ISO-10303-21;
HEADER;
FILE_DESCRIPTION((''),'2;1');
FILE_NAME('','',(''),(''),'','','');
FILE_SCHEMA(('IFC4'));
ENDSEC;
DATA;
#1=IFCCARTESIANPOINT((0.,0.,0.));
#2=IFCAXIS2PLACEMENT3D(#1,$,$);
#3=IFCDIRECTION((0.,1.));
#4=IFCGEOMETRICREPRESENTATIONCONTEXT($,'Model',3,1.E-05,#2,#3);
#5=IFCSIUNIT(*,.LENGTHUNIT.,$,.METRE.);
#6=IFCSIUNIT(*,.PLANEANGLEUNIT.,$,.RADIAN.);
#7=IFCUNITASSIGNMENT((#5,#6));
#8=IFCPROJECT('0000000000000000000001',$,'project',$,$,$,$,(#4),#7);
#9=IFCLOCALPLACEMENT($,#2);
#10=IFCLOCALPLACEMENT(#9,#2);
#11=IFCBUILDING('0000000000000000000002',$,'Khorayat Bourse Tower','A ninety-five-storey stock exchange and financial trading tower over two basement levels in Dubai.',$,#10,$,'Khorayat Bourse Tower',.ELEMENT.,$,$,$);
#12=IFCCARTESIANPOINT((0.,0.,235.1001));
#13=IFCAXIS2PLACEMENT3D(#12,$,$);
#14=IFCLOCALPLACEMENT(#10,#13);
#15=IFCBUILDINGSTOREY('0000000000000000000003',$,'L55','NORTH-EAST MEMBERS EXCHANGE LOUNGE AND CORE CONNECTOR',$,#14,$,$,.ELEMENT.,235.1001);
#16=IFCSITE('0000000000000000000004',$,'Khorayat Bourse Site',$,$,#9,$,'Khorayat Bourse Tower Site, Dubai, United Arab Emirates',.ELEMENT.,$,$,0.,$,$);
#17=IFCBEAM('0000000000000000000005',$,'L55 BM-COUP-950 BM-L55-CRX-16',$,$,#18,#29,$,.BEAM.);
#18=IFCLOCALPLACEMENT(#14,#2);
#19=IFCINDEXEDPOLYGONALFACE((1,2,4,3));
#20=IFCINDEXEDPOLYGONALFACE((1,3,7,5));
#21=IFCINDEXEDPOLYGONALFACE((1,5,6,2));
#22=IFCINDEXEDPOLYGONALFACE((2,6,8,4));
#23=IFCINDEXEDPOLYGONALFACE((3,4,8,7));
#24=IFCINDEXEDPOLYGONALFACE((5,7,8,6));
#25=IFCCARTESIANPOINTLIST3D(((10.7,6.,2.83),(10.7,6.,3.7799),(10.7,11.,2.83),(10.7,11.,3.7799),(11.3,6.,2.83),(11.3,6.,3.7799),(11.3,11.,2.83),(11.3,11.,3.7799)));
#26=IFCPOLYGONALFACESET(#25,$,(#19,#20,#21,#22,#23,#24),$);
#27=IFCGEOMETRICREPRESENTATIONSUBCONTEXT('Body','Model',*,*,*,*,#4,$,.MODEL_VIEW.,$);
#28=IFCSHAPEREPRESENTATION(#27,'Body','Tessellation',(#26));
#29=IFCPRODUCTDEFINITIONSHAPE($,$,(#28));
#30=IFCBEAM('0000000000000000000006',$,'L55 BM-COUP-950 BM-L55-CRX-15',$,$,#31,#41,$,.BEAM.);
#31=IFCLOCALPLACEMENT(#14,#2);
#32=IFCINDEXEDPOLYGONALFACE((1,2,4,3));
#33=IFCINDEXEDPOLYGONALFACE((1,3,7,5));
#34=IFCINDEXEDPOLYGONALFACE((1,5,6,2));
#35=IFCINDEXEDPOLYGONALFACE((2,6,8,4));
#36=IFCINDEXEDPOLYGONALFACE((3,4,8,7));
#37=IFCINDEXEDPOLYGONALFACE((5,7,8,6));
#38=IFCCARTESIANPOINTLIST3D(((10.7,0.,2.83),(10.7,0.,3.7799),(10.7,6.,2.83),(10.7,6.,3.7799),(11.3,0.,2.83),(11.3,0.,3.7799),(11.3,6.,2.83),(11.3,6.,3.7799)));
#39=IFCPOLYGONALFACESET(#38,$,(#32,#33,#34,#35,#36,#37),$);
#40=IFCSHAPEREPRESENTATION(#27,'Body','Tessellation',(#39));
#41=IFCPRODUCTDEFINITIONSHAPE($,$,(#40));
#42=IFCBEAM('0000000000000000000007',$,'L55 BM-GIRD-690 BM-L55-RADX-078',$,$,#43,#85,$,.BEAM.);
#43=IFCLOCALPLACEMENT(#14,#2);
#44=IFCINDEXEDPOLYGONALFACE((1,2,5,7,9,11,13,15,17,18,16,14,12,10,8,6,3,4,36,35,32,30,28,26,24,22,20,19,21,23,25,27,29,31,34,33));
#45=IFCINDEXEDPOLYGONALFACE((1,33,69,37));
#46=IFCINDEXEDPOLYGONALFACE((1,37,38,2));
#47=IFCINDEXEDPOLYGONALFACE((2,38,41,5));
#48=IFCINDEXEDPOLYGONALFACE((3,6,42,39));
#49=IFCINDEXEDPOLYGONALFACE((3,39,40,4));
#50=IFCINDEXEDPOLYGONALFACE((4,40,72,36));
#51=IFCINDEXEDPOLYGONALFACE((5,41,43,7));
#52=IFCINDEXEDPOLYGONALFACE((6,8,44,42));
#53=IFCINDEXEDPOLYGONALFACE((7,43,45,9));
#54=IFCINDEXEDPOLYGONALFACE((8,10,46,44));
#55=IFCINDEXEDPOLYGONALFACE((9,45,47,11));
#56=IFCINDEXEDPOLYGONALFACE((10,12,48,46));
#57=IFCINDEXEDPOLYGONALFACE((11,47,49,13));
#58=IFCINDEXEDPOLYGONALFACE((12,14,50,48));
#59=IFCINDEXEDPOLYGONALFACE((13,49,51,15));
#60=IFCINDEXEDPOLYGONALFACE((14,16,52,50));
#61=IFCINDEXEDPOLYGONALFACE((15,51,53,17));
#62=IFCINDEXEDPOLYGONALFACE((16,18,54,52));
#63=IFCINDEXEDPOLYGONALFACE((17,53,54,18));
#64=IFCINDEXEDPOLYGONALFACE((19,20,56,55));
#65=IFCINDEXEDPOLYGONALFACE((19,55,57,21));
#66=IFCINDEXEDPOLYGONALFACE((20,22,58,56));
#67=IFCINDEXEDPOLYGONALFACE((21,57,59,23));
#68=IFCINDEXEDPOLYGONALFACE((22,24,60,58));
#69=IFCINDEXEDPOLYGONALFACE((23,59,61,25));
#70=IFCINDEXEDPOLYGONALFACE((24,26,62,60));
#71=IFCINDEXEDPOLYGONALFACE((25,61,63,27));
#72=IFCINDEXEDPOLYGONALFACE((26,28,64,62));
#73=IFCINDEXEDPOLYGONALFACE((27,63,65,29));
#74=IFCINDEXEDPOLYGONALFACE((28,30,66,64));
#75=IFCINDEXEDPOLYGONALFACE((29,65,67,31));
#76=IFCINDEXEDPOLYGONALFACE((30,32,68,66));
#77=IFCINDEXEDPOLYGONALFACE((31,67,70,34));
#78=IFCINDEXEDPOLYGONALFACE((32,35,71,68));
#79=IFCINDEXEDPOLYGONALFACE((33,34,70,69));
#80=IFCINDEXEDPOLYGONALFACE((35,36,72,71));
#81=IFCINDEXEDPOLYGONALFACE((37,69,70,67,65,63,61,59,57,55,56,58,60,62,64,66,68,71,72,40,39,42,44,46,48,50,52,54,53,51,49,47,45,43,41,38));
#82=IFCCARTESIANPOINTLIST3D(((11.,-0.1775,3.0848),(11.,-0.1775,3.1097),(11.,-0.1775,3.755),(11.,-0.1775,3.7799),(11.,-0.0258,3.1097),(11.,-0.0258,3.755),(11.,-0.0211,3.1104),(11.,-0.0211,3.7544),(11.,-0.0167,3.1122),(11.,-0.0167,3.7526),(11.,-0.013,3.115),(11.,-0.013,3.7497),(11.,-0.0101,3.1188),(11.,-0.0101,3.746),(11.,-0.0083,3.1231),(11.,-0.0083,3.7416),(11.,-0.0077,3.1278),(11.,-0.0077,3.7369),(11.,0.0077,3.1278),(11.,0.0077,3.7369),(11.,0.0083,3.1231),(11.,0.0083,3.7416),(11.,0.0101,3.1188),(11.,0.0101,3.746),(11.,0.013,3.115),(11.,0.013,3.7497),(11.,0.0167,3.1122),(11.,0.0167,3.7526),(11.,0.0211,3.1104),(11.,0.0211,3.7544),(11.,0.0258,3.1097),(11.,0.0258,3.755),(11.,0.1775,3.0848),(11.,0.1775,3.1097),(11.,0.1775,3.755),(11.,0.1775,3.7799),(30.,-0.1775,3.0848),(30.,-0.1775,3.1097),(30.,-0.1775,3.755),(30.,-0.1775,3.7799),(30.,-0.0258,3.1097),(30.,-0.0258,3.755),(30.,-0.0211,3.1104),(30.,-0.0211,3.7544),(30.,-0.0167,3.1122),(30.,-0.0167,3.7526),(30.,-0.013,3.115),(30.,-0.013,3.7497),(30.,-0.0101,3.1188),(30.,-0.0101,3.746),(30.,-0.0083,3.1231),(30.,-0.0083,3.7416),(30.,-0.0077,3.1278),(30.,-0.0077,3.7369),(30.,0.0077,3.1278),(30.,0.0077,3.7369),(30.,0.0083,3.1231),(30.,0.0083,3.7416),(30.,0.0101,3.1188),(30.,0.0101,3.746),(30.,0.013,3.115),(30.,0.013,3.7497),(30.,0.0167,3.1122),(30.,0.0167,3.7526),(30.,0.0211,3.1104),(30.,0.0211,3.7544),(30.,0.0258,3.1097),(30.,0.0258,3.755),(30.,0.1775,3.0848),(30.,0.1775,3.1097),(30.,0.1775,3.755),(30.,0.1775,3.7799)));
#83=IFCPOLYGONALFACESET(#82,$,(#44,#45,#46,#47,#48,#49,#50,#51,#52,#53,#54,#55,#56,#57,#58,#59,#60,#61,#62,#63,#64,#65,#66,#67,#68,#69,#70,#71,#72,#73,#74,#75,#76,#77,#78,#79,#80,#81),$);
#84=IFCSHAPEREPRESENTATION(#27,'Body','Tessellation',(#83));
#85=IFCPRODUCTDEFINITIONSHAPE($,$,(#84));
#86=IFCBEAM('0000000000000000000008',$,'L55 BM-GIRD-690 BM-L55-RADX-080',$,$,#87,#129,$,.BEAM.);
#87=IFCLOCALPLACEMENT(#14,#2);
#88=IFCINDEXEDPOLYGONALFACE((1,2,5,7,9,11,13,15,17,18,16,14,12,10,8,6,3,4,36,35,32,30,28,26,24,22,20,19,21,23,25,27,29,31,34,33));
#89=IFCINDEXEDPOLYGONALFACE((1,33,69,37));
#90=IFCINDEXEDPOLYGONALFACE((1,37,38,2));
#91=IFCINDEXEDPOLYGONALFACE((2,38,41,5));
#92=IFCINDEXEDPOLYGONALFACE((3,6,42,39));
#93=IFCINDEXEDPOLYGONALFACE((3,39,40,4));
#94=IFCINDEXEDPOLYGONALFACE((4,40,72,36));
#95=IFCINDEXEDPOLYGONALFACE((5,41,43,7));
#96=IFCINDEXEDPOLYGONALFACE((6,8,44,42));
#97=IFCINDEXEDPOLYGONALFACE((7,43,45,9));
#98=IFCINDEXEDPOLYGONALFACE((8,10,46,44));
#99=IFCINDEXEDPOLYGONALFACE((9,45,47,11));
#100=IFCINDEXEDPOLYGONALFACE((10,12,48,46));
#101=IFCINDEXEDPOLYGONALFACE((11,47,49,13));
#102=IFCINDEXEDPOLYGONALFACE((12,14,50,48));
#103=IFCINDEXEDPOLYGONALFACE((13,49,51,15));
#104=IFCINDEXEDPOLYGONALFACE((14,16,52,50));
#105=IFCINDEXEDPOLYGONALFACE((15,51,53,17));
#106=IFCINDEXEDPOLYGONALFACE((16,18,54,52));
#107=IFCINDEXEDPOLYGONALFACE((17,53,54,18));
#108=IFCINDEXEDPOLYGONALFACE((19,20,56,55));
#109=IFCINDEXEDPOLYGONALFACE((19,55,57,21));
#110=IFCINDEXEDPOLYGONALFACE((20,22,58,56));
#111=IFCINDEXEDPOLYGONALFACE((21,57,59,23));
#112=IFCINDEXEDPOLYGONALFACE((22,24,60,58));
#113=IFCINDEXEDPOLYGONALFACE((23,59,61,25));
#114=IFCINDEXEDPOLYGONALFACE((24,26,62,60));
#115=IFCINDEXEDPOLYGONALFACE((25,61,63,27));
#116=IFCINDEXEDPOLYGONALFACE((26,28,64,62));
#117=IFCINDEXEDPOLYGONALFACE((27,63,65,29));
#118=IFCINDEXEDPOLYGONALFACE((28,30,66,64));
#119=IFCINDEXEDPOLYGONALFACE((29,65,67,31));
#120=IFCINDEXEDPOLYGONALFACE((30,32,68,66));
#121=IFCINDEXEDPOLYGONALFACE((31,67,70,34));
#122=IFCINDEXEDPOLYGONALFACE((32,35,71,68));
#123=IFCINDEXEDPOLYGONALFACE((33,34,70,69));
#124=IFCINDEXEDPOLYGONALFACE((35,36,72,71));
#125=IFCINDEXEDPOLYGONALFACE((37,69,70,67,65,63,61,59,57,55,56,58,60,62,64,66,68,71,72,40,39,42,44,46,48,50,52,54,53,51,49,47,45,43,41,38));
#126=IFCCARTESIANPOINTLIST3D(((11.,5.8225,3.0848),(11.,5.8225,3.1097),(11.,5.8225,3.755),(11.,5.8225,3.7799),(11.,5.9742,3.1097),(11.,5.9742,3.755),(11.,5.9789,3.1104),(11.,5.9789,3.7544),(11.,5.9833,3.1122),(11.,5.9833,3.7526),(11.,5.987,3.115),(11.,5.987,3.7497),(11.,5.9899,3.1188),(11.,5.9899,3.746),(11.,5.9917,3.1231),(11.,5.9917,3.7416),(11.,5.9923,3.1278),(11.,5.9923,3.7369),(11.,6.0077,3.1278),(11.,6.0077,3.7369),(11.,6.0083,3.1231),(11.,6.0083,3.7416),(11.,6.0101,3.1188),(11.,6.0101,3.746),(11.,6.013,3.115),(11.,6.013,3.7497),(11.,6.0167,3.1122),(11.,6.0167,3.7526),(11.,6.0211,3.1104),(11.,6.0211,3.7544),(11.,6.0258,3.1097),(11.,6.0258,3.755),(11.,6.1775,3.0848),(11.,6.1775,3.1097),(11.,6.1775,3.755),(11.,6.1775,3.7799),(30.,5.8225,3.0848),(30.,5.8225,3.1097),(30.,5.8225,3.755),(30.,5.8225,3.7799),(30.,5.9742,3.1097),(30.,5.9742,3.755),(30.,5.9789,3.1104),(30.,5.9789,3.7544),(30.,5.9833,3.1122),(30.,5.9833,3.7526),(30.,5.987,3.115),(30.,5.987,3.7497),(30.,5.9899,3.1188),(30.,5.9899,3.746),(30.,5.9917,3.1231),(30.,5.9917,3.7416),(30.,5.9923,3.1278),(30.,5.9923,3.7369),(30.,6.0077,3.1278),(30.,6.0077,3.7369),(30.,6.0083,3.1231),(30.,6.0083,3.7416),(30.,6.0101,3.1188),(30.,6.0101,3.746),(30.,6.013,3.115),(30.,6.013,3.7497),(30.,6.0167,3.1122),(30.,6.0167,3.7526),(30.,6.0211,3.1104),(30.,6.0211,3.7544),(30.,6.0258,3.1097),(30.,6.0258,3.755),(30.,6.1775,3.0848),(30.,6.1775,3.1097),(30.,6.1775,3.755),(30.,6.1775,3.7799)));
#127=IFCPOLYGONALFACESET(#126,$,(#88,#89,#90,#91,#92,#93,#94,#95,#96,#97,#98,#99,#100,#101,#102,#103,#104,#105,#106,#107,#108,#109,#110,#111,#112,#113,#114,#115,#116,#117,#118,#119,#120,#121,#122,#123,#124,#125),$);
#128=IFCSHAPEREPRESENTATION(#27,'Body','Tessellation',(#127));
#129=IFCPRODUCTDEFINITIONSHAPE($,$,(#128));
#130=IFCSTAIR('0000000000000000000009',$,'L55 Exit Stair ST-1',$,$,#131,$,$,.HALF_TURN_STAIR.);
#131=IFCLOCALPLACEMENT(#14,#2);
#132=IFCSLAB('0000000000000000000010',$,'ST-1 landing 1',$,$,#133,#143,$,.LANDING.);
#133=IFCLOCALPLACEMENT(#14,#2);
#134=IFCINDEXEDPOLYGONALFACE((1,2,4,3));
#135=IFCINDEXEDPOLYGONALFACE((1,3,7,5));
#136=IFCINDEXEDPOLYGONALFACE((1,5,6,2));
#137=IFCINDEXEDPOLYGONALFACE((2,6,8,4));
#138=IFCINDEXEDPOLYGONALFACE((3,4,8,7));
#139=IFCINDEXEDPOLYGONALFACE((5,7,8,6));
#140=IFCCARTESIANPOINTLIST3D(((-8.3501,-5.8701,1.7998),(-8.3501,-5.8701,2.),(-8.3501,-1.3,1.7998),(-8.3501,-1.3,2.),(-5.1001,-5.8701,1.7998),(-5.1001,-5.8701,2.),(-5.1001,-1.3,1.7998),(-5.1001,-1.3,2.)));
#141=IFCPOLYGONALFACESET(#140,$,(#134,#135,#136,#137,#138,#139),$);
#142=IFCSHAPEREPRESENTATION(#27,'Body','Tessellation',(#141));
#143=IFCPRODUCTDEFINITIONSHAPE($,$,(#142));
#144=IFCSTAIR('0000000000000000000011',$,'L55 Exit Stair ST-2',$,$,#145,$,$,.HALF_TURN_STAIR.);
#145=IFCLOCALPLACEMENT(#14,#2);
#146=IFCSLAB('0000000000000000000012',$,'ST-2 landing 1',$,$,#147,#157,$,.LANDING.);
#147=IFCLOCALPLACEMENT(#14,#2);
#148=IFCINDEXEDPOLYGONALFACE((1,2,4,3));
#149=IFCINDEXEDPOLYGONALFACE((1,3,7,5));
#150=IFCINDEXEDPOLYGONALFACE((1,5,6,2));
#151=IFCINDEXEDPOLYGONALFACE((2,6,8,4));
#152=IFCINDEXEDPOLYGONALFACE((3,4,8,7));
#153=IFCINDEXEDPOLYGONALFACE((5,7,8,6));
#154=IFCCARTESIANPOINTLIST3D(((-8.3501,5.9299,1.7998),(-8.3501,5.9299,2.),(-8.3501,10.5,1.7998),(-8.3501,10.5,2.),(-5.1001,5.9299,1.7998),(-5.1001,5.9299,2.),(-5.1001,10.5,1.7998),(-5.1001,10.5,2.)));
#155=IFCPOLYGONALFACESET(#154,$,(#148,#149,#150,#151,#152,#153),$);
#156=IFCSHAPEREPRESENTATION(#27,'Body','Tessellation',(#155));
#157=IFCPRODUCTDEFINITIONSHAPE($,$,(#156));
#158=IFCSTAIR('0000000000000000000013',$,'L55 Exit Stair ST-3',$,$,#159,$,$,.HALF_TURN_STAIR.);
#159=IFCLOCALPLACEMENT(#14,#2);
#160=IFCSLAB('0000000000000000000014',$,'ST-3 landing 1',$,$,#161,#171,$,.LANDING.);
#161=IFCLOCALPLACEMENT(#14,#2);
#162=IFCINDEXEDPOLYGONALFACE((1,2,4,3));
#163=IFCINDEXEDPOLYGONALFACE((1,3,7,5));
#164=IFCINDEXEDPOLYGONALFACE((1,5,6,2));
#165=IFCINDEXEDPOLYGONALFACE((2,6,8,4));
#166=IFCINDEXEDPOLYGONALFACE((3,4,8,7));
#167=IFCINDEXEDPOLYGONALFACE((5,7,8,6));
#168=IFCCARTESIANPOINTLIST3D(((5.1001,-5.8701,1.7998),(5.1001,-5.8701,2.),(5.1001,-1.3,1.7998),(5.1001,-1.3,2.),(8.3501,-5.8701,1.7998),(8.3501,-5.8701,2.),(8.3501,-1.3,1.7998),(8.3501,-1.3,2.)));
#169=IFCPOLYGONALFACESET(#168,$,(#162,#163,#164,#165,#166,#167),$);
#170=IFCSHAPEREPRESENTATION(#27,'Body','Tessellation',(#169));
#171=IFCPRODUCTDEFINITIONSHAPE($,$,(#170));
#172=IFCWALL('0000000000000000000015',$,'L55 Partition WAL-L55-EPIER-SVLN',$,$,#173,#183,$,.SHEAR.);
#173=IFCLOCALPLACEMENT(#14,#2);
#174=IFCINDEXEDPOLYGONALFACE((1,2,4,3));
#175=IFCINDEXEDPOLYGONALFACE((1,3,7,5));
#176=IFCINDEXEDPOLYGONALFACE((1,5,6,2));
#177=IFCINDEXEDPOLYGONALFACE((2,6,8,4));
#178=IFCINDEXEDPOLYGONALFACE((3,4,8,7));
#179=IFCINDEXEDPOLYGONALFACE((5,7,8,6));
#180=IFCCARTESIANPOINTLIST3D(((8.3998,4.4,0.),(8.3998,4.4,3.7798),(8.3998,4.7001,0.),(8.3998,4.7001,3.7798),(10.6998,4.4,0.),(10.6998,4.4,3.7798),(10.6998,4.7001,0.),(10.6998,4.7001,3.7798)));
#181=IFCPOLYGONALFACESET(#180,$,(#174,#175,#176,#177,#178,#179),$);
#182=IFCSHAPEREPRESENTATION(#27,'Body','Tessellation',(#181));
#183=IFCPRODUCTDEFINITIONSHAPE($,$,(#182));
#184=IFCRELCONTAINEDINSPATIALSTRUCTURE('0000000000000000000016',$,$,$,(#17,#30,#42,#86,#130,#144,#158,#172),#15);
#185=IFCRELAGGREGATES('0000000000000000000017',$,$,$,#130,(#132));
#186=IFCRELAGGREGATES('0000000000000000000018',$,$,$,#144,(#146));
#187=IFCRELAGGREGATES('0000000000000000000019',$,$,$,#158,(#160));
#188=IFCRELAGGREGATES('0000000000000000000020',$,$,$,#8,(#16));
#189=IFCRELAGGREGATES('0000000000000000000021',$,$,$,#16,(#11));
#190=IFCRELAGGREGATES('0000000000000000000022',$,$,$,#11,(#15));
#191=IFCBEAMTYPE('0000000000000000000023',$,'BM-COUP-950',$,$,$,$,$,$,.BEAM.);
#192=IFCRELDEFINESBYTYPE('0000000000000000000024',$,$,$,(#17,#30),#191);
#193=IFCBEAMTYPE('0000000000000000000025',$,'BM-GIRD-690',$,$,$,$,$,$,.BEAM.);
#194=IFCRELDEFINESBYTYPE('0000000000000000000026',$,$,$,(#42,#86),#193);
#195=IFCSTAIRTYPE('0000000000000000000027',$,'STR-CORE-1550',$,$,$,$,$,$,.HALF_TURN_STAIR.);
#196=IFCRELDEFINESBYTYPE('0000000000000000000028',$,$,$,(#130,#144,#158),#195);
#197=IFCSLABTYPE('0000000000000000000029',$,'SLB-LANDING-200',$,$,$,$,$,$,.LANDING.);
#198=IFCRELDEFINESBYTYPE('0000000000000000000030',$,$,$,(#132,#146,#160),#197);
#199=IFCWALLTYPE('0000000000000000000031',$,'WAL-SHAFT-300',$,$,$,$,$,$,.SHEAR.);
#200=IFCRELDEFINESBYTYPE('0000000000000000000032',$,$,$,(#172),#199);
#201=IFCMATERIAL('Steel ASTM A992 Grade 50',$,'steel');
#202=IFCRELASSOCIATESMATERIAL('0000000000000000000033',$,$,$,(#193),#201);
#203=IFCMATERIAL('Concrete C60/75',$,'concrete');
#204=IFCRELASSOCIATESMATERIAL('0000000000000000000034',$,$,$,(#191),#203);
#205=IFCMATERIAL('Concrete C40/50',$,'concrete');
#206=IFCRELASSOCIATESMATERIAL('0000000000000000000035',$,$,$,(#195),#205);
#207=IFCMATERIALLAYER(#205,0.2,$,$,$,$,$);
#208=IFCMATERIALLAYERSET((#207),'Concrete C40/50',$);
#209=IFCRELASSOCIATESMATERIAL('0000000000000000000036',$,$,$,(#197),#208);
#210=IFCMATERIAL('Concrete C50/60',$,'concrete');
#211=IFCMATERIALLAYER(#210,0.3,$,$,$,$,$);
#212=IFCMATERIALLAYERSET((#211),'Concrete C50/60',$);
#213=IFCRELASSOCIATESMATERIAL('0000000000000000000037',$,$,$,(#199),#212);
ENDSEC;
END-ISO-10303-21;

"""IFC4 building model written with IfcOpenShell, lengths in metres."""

from ifc_helpers import new_model, si_unit, direction, frame, frame_2d, origin, origin_2d, place, context, subcontext, project, spatial, polyline, rectangle, i_section, outline, extrude, source, transform, mapped, material, layer, layer_set, material_profile, profile_set, type_object, element, aggregate, save


model = new_model("IFC4")

# Units and contexts
model_context = context("Model", 3, precision=1e-05, world=origin(), true_north=direction((0.0, 1.0)))
body_context = subcontext(model_context, "Body", "Model", "MODEL_VIEW")
ifc_project = project(units=[si_unit("LENGTHUNIT", "METRE"), si_unit("PLANEANGLEUNIT", "RADIAN")], contexts=[model_context])

# Site, building, storey
site_placement = place(None, origin())
site = spatial("IfcSite", under=ifc_project, at=site_placement, Name="Khorayat Bourse Site", LongName="Khorayat Bourse Tower Site, Dubai, United Arab Emirates", CompositionType="ELEMENT", RefElevation=0.0)
building_placement = place(site_placement, origin())
building = spatial("IfcBuilding", under=site, at=building_placement, Name="Khorayat Bourse Tower", Description="A ninety-five-storey stock exchange and financial trading tower over two basement levels in Dubai.", LongName="Khorayat Bourse Tower", CompositionType="ELEMENT")
storey_placement = place(building_placement, frame((0.0, 0.0, 235.1001)))
storey = spatial("IfcBuildingStorey", under=building, at=storey_placement, Name="L55", Description="NORTH-EAST MEMBERS EXCHANGE LOUNGE AND CORE CONNECTOR", CompositionType="ELEMENT", Elevation=235.1001)

# Shared definitions
ifc_material_1 = material(Name="Concrete C60/75", Category="concrete")

# Beams
ifc_material_2 = material(Name="Steel ASTM A992 Grade 50", Category="steel")
ifc_material_profile_1 = material_profile(ifc_material_2, i_section(OverallWidth=0.355, OverallDepth=0.6951, WebThickness=0.0154, FlangeThickness=0.0249, FilletRadius=0.0181, at=origin_2d()), Name="W690X217")
ifc_profile_set_1 = profile_set([ifc_material_profile_1], Name="Steel ASTM A992 Grade 50")
beam_type_1 = type_object("IfcBeamType", Name="BM-GIRD-690", PredefinedType="BEAM", material=ifc_profile_set_1)
ifc_material_profile_2 = material_profile(ifc_material_1, rectangle(XDim=0.6001, YDim=0.95, at=origin_2d()), Name="RC 600x950")
ifc_profile_set_2 = profile_set([ifc_material_profile_2], Name="Concrete C60/75")
beam_type_2 = type_object("IfcBeamType", Name="BM-COUP-950", PredefinedType="BEAM", material=ifc_profile_set_2)
shared_shape_1 = source(origin(), body_context, "Body", "SweptSolid", [
    extrude(rectangle(XDim=0.6001, YDim=0.95, at=origin_2d()), origin(), (0.0, 0.0, 1.0), 5.0),
])
beam_1_placement = place(storey_placement, frame((11.0, 6.0, 3.3049), z_axis=(0.0, 1.0, 0.0), x_axis=(-1.0, 0.0, 0.0)))
element("IfcBeam", 1, at=beam_1_placement, inside=storey, type_object=beam_type_2, Name="L55 BM-COUP-950 BM-L55-CRX-16", PredefinedType="BEAM", context=body_context, shape_type="MappedRepresentation", body=[
    mapped(shared_shape_1, transform((0.0, 0.0, 0.0), scale=1.0)),
])
shared_shape_2 = source(origin(), body_context, "Body", "SweptSolid", [
    extrude(rectangle(XDim=0.6001, YDim=0.95, at=origin_2d()), origin(), (0.0, 0.0, 1.0), 6.0),
])
beam_2_placement = place(storey_placement, frame((11.0, 0.0, 3.3049), z_axis=(0.0, 1.0, 0.0), x_axis=(-1.0, 0.0, 0.0)))
element("IfcBeam", 2, at=beam_2_placement, inside=storey, type_object=beam_type_2, Name="L55 BM-COUP-950 BM-L55-CRX-15", PredefinedType="BEAM", context=body_context, shape_type="MappedRepresentation", body=[
    mapped(shared_shape_2, transform((0.0, 0.0, 0.0), scale=1.0)),
])
shared_shape_3 = source(origin(), body_context, "Body", "SweptSolid", [
    extrude(i_section(OverallWidth=0.355, OverallDepth=0.6951, WebThickness=0.0154, FlangeThickness=0.0249, FilletRadius=0.0181, at=origin_2d()), origin(), (0.0, 0.0, 1.0), 19.0),
])
for number, where, z_axis, x_axis, name in (
    (3, (11.0, 0.0, 3.4324), (1.0, 0.0, 0.0), (0.0, 1.0, 0.0), "L55 BM-GIRD-690 BM-L55-RADX-078"),
    (4, (11.0, 6.0, 3.4324), (1.0, 0.0, 0.0), (0.0, 1.0, 0.0), "L55 BM-GIRD-690 BM-L55-RADX-080"),
):
    element("IfcBeam", number, at=place(storey_placement, frame(where, z_axis=z_axis, x_axis=x_axis)), inside=storey, type_object=beam_type_1, Name=name, PredefinedType="BEAM", context=body_context, shape_type="MappedRepresentation", body=[
        mapped(shared_shape_3, transform((0.0, 0.0, 0.0), scale=1.0)),
    ])

# Stairs, slabs
ifc_material_3 = material(Name="Concrete C40/50", Category="concrete")
stair_type = type_object("IfcStairType", Name="STR-CORE-1550", PredefinedType="HALF_TURN_STAIR", material=ifc_material_3)
stair_1_placement = place(storey_placement, origin())
stair_1 = element("IfcStair", 5, at=stair_1_placement, inside=storey, type_object=stair_type, Name="L55 Exit Stair ST-1", PredefinedType="HALF_TURN_STAIR")
ifc_layer_1 = layer(ifc_material_3, 0.2)
ifc_layer_set_1 = layer_set([ifc_layer_1], Name="Concrete C40/50")
slab_type = type_object("IfcSlabType", Name="SLB-LANDING-200", PredefinedType="LANDING", material=ifc_layer_set_1)
slab_1_placement = place(storey_placement, frame((0.0, 0.0, 1.7998)))
slab_1 = element("IfcSlab", 6, at=slab_1_placement, type_object=slab_type, Name="ST-1 landing 1", PredefinedType="LANDING", context=body_context, shape_type="SweptSolid", body=[
    extrude(outline(polyline([(-5.1001, -5.8701), (-5.1001, -1.3), (-8.3501, -1.3), (-8.3501, -5.8701), (-5.1001, -5.8701)])), origin(), (0.0, 0.0, 1.0), 0.2002),
])
aggregate(stair_1, [slab_1])
stair_2_placement = place(storey_placement, origin())
stair_2 = element("IfcStair", 7, at=stair_2_placement, inside=storey, type_object=stair_type, Name="L55 Exit Stair ST-2", PredefinedType="HALF_TURN_STAIR")
slab_2_placement = place(storey_placement, frame((0.0, 0.0, 1.7998)))
slab_2 = element("IfcSlab", 8, at=slab_2_placement, type_object=slab_type, Name="ST-2 landing 1", PredefinedType="LANDING", context=body_context, shape_type="SweptSolid", body=[
    extrude(outline(polyline([(-5.1001, 5.9299), (-5.1001, 10.5), (-8.3501, 10.5), (-8.3501, 5.9299), (-5.1001, 5.9299)])), origin(), (0.0, 0.0, 1.0), 0.2002),
])
aggregate(stair_2, [slab_2])
stair_3_placement = place(storey_placement, origin())
stair_3 = element("IfcStair", 9, at=stair_3_placement, inside=storey, type_object=stair_type, Name="L55 Exit Stair ST-3", PredefinedType="HALF_TURN_STAIR")
slab_3_placement = place(storey_placement, frame((0.0, 0.0, 1.7998)))
slab_3 = element("IfcSlab", 10, at=slab_3_placement, type_object=slab_type, Name="ST-3 landing 1", PredefinedType="LANDING", context=body_context, shape_type="SweptSolid", body=[
    extrude(outline(polyline([(8.3501, -5.8701), (8.3501, -1.3), (5.1001, -1.3), (5.1001, -5.8701), (8.3501, -5.8701)])), origin(), (0.0, 0.0, 1.0), 0.2002),
])
aggregate(stair_3, [slab_3])

# Wall
ifc_material_4 = material(Name="Concrete C50/60", Category="concrete")
ifc_layer_2 = layer(ifc_material_4, 0.3)
ifc_layer_set_2 = layer_set([ifc_layer_2], Name="Concrete C50/60")
wall_type_1 = type_object("IfcWallType", Name="WAL-SHAFT-300", PredefinedType="SHEAR", material=ifc_layer_set_2)
shared_shape_4 = source(origin(), body_context, "Body", "SweptSolid", [
    extrude(rectangle(XDim=2.3, YDim=0.3, at=frame_2d((1.1499, 0.0))), origin(), (0.0, 0.0, 1.0), 3.7798),
])
wall_1_placement = place(storey_placement, frame((8.3999, 4.55, 0.0), z_axis=(0.0, 0.0, 1.0), x_axis=(1.0, 0.0, 0.0)))
element("IfcWall", 11, at=wall_1_placement, inside=storey, type_object=wall_type_1, Name="L55 Partition WAL-L55-EPIER-SVLN", PredefinedType="SHEAR", context=body_context, shape_type="MappedRepresentation", body=[
    mapped(shared_shape_4, transform((0.0, 0.0, 0.0), scale=1.0)),
])

save(model, "model.ifc")
